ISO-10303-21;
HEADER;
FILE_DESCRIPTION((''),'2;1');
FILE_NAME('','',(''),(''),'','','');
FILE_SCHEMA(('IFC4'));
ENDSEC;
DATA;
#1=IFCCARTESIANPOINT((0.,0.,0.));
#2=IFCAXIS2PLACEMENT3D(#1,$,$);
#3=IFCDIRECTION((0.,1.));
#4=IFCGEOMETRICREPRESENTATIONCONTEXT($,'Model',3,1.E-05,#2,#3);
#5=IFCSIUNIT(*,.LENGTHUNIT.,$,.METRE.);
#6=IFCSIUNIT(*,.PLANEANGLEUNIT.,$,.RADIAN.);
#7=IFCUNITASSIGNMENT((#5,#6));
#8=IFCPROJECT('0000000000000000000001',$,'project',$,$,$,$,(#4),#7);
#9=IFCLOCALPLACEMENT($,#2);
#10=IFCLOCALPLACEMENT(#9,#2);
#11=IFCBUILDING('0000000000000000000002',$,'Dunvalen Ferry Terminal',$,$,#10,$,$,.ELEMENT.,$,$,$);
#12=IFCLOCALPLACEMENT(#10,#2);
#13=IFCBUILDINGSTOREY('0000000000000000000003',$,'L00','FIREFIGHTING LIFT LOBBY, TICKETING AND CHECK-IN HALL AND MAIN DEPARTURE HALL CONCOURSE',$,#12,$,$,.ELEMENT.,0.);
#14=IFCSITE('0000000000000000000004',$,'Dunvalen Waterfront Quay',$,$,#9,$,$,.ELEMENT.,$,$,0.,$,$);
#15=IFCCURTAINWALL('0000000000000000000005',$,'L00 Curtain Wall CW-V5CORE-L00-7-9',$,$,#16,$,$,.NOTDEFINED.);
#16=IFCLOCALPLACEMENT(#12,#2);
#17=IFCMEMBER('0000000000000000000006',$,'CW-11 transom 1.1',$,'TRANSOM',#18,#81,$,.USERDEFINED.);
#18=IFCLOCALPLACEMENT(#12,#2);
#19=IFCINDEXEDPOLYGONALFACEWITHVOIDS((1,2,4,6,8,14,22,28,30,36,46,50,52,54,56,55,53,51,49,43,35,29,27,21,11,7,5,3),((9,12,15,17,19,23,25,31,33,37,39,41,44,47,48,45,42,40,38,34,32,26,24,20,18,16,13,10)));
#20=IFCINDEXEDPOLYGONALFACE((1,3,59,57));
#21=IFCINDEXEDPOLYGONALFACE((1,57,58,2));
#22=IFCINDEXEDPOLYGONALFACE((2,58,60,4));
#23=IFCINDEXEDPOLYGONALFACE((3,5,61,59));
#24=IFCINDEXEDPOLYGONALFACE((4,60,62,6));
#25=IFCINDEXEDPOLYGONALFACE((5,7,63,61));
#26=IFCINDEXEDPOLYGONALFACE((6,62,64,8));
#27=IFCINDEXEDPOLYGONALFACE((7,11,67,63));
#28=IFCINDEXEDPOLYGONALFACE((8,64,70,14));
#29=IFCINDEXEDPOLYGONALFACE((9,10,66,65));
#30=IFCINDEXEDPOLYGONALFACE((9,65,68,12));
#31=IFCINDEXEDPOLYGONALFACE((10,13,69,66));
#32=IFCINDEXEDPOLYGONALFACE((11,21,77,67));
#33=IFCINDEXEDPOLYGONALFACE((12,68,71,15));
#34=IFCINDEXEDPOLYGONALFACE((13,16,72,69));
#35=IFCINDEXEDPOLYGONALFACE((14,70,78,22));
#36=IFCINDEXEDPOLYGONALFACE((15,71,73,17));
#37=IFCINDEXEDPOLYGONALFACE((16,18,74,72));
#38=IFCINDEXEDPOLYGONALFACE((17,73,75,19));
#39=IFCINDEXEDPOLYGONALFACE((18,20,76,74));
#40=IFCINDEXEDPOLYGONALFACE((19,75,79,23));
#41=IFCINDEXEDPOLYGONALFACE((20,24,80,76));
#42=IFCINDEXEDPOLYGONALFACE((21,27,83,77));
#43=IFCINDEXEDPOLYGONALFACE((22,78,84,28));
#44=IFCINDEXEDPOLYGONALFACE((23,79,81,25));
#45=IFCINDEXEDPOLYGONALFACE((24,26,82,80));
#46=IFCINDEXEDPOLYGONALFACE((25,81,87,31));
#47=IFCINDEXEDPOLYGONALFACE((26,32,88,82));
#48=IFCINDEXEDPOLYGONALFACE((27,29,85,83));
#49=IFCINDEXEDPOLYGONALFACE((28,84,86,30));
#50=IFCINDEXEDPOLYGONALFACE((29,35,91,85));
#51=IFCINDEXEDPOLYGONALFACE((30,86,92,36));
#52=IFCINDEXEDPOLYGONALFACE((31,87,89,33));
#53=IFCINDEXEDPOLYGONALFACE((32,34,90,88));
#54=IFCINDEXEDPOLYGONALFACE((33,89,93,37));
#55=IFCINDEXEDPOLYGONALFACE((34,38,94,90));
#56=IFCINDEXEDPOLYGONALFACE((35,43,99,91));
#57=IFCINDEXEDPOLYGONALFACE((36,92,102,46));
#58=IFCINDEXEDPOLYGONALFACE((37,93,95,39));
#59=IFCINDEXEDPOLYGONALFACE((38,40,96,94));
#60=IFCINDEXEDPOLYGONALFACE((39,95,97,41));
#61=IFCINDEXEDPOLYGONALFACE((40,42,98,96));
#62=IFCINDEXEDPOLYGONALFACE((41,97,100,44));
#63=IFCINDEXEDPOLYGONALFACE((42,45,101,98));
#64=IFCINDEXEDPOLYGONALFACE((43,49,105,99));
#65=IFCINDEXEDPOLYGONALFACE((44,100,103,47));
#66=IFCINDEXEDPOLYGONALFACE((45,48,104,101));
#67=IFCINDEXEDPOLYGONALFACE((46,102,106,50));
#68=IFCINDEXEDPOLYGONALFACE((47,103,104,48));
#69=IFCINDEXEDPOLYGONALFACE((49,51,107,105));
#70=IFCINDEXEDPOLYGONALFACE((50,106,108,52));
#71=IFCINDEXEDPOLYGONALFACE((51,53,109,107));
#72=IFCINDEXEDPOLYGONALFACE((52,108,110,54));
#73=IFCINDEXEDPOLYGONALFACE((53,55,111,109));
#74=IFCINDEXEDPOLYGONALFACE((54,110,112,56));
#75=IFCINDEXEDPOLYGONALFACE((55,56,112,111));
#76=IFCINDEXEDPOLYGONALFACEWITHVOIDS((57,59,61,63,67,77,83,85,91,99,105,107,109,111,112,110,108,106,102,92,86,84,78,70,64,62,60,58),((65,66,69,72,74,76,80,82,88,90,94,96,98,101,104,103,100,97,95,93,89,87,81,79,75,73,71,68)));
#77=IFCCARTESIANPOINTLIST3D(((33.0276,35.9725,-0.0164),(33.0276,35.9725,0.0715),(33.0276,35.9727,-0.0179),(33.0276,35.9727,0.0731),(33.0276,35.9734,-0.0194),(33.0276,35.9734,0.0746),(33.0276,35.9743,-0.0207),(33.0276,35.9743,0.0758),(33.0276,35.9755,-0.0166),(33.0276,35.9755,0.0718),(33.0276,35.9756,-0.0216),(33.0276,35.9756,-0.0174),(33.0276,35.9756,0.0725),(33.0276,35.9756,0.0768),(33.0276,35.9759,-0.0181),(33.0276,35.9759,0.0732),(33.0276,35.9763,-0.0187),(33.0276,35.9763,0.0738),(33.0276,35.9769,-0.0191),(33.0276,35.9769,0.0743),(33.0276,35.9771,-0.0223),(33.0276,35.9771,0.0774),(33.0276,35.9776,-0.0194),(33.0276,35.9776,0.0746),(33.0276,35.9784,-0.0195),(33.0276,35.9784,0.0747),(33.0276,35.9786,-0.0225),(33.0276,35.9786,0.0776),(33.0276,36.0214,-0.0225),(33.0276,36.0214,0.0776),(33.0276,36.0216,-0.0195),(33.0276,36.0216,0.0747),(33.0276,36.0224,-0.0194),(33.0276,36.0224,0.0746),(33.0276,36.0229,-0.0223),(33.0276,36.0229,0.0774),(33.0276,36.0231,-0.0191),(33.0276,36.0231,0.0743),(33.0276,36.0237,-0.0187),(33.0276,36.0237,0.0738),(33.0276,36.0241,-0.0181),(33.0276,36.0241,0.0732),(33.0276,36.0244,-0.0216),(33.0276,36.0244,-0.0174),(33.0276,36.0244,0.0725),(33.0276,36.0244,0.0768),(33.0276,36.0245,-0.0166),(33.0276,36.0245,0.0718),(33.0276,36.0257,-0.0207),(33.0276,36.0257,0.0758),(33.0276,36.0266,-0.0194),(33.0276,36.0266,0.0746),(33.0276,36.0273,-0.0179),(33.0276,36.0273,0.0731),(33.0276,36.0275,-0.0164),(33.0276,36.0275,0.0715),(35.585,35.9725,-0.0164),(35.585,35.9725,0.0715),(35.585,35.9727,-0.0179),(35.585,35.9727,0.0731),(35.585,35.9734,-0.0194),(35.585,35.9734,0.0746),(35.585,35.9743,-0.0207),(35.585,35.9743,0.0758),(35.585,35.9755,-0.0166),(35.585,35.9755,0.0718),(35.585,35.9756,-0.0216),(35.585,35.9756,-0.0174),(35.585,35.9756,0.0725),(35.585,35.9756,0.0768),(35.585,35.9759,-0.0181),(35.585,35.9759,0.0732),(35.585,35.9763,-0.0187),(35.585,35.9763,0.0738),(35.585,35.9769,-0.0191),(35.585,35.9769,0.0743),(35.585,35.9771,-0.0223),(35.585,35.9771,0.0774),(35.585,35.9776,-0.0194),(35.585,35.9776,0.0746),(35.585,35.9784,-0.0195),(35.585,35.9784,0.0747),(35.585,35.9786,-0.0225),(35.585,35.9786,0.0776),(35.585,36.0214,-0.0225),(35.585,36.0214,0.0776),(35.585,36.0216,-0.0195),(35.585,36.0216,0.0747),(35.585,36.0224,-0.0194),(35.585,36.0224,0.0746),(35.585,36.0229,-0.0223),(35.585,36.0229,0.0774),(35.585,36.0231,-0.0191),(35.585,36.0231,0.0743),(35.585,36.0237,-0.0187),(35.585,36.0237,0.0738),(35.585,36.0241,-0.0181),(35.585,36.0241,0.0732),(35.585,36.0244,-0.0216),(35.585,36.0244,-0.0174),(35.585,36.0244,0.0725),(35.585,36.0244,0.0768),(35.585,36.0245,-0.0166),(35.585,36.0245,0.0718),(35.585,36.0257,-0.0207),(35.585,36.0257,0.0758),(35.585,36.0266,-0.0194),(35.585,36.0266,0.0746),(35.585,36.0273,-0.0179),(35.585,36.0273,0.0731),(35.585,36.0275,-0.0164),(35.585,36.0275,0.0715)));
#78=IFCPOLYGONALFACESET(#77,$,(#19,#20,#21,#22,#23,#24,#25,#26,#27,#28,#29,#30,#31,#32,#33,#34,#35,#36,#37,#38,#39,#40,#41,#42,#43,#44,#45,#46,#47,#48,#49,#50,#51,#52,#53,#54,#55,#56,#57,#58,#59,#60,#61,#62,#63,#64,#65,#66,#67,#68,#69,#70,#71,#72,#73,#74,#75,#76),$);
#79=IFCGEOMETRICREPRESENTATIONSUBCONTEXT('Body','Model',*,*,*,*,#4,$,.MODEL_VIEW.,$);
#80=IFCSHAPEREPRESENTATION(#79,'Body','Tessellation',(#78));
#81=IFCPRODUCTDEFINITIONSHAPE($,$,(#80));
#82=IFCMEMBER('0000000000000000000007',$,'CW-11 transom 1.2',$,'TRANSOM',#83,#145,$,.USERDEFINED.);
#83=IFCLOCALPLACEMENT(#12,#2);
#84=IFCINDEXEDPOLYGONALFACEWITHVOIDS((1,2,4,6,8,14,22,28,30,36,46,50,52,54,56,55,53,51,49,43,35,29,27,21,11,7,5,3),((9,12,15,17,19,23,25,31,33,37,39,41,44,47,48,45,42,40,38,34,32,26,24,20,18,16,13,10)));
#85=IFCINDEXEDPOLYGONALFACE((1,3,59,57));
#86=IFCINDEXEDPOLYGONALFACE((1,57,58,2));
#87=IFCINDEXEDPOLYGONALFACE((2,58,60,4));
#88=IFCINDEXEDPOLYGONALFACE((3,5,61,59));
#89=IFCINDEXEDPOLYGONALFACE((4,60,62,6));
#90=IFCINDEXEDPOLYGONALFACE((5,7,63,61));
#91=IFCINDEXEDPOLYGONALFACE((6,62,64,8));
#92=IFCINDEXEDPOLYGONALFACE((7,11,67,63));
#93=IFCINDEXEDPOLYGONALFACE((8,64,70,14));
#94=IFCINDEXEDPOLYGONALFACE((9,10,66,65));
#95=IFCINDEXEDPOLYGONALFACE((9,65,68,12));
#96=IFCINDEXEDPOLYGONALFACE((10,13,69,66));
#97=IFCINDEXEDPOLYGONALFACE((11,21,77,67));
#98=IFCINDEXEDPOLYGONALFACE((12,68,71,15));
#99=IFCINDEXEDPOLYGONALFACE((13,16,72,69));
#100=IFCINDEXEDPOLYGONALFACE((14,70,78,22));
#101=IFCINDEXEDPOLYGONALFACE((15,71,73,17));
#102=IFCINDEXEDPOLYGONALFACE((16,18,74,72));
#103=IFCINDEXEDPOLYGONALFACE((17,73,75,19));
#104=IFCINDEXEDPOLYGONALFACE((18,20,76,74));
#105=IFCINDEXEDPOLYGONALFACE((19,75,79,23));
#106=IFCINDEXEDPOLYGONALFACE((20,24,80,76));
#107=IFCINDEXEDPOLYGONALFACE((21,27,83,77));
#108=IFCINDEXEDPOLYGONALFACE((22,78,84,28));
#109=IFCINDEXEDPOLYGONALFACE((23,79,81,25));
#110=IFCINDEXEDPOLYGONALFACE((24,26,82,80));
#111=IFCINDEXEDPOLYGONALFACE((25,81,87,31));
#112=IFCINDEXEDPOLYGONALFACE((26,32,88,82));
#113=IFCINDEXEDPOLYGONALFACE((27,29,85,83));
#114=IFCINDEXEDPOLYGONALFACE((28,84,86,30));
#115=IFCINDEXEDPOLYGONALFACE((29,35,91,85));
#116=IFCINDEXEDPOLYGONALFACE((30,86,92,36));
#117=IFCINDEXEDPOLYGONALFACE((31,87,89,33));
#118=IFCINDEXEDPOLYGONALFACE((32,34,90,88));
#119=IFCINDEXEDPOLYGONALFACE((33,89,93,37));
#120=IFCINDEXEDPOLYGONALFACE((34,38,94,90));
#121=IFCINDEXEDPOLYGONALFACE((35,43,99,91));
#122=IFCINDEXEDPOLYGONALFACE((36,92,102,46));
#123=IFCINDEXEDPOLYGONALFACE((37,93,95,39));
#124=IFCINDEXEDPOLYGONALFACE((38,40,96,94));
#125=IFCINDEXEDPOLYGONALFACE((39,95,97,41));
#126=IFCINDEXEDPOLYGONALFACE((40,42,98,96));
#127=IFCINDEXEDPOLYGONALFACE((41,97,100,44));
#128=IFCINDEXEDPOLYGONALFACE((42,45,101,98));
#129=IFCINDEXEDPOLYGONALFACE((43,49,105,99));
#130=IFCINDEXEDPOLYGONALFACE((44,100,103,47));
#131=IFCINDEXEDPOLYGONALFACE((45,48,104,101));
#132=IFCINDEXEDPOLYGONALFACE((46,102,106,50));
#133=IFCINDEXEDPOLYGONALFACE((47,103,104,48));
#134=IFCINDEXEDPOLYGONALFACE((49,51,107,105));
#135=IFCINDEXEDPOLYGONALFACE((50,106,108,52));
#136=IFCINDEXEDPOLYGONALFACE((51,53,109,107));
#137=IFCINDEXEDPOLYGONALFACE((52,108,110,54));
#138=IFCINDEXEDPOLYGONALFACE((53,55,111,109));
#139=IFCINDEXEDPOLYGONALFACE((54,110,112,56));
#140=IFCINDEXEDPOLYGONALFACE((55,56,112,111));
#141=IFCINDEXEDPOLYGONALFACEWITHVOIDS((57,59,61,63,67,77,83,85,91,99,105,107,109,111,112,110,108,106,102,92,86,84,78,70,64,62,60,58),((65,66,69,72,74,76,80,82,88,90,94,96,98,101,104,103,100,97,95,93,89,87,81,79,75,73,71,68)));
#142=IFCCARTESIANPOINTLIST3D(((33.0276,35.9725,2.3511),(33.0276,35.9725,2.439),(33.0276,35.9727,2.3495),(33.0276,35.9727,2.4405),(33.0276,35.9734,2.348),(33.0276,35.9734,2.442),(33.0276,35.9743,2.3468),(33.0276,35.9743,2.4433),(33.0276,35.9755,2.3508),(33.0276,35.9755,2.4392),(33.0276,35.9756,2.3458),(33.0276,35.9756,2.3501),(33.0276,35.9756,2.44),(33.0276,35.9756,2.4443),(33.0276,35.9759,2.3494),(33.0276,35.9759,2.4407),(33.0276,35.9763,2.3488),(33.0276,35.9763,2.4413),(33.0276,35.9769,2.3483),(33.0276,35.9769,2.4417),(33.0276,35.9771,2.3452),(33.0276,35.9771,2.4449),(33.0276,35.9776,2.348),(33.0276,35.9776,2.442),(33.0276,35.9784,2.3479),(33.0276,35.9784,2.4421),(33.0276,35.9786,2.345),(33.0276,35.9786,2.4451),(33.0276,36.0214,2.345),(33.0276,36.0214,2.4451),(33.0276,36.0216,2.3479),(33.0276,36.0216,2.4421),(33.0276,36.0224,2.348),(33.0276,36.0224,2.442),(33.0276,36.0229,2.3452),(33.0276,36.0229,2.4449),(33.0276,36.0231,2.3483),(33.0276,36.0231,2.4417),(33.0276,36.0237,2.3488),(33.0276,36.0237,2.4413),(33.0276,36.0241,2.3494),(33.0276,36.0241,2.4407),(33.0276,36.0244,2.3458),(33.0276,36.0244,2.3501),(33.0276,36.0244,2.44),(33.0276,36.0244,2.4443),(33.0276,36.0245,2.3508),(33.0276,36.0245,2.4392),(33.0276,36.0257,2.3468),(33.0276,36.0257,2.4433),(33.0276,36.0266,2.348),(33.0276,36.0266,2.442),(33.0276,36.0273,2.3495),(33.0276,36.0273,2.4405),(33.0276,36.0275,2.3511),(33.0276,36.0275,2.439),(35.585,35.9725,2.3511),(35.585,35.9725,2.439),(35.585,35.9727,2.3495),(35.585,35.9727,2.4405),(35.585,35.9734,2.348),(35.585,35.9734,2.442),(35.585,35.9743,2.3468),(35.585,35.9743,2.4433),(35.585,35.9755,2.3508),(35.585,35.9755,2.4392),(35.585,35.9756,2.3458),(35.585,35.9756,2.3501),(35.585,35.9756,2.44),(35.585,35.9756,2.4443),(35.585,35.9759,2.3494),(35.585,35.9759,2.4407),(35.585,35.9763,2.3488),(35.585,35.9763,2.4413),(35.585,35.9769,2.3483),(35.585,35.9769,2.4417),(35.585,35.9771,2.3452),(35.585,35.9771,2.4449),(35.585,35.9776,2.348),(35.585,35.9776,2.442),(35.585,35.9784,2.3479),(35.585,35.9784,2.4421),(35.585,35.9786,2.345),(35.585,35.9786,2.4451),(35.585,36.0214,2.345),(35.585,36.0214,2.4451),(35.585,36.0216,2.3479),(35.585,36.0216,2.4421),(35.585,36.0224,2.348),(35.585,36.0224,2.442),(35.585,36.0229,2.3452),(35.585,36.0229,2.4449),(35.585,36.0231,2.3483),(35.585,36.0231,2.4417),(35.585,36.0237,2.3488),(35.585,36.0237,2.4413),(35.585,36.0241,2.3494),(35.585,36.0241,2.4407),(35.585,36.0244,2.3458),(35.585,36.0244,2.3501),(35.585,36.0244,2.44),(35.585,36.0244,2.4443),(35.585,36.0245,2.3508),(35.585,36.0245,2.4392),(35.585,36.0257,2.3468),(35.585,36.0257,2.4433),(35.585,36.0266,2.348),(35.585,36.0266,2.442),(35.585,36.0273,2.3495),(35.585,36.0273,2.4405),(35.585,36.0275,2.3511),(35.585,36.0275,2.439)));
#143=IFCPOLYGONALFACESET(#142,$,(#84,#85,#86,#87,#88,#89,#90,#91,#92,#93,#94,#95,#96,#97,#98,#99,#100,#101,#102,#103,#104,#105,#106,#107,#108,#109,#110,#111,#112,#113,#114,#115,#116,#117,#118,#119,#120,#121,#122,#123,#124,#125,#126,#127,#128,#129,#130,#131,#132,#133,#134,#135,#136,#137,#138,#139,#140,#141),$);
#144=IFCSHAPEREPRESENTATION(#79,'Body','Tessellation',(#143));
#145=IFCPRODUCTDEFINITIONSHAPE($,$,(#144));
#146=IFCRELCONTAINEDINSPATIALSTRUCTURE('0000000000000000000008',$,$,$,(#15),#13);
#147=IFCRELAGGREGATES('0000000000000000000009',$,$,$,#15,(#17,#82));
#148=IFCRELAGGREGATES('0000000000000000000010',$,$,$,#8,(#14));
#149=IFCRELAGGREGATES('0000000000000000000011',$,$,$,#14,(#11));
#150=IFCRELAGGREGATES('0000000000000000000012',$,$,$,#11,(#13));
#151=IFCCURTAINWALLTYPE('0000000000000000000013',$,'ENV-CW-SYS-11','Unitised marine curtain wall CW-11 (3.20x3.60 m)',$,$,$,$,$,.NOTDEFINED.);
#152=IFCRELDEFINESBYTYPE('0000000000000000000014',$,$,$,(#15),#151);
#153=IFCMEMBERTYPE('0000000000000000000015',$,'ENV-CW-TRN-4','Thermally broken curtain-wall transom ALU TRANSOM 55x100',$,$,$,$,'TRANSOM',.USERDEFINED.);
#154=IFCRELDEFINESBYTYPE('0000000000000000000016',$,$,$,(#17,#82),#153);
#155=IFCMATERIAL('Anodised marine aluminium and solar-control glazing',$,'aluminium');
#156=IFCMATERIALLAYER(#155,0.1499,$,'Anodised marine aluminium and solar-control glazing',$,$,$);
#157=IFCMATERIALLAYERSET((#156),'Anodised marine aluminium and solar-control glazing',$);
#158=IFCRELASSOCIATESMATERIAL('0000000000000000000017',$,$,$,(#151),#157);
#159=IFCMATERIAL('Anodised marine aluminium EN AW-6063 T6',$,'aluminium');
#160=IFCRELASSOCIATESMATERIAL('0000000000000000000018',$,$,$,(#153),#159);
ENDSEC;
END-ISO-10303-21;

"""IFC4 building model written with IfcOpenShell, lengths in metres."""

from ifc_helpers import new_model, si_unit, direction, frame, origin, origin_2d, place, context, subcontext, project, spatial, hollow_rectangle, extrude, material, layer, layer_set, material_profile, profile_set, type_object, element, aggregate, save


model = new_model("IFC4")

# Units and contexts
model_context = context("Model", 3, precision=1e-05, world=origin(), true_north=direction((0.0, 1.0)))
body_context = subcontext(model_context, "Body", "Model", "MODEL_VIEW")
ifc_project = project(units=[si_unit("LENGTHUNIT", "METRE"), si_unit("PLANEANGLEUNIT", "RADIAN")], contexts=[model_context])

# Site, building, storey
site_placement = place(None, origin())
site = spatial("IfcSite", under=ifc_project, at=site_placement, Name="Dunvalen Waterfront Quay", CompositionType="ELEMENT", RefElevation=0.0)
building_placement = place(site_placement, origin())
building = spatial("IfcBuilding", under=site, at=building_placement, Name="Dunvalen Ferry Terminal", CompositionType="ELEMENT")
storey_placement = place(building_placement, origin())
storey = spatial("IfcBuildingStorey", under=building, at=storey_placement, Name="L00", Description="FIREFIGHTING LIFT LOBBY, TICKETING AND CHECK-IN HALL AND MAIN DEPARTURE HALL CONCOURSE", CompositionType="ELEMENT", Elevation=0.0)

# Curtain wall, members
ifc_material_1 = material(Name="Anodised marine aluminium and solar-control glazing", Category="aluminium")
ifc_layer_1 = layer(ifc_material_1, 0.1499, Name="Anodised marine aluminium and solar-control glazing")
ifc_layer_set_1 = layer_set([ifc_layer_1], Name="Anodised marine aluminium and solar-control glazing")
curtain_wall_type = type_object("IfcCurtainWallType", Name="ENV-CW-SYS-11", Description="Unitised marine curtain wall CW-11 (3.20x3.60 m)", PredefinedType="NOTDEFINED", material=ifc_layer_set_1)
curtain_wall_placement = place(storey_placement, origin())
curtain_wall = element("IfcCurtainWall", 1, at=curtain_wall_placement, inside=storey, type_object=curtain_wall_type, Name="L00 Curtain Wall CW-V5CORE-L00-7-9", PredefinedType="NOTDEFINED")
ifc_material_2 = material(Name="Anodised marine aluminium EN AW-6063 T6", Category="aluminium")
ifc_material_profile_1 = material_profile(ifc_material_2, hollow_rectangle(XDim=0.0549, YDim=0.1001, WallThickness=0.0029, InnerFilletRadius=0.0029, OuterFilletRadius=0.0061, at=origin_2d()), Name="Anodised marine aluminium EN AW-6063 T6")
ifc_profile_set_1 = profile_set([ifc_material_profile_1], Name="Anodised marine aluminium EN AW-6063 T6")
member_type_1 = type_object("IfcMemberType", Name="ENV-CW-TRN-4", Description="Thermally broken curtain-wall transom ALU TRANSOM 55x100", ElementType="TRANSOM", PredefinedType="USERDEFINED", material=ifc_profile_set_1)
member_1_placement = place(storey_placement, frame((35.585, 36.0, 0.0276), z_axis=(-1.0, 0.0, 0.0), x_axis=(0.0, -1.0, 0.0)))
member_1 = element("IfcMember", 2, at=member_1_placement, type_object=member_type_1, Name="CW-11 transom 1.1", ObjectType="TRANSOM", PredefinedType="USERDEFINED", context=body_context, shape_type="SweptSolid", body=[
    extrude(hollow_rectangle(XDim=0.0549, YDim=0.1001, WallThickness=0.0029, InnerFilletRadius=0.0029, OuterFilletRadius=0.0061, at=origin_2d()), origin(), (0.0, 0.0, 1.0), 2.5574),
])
member_2_placement = place(storey_placement, frame((35.585, 36.0, 2.395), z_axis=(-1.0, 0.0, 0.0), x_axis=(0.0, -1.0, 0.0)))
member_2 = element("IfcMember", 3, at=member_2_placement, type_object=member_type_1, Name="CW-11 transom 1.2", ObjectType="TRANSOM", PredefinedType="USERDEFINED", context=body_context, shape_type="SweptSolid", body=[
    extrude(hollow_rectangle(XDim=0.0549, YDim=0.1001, WallThickness=0.0029, InnerFilletRadius=0.0029, OuterFilletRadius=0.0061, at=origin_2d()), origin(), (0.0, 0.0, 1.0), 2.5574),
])

aggregate(curtain_wall, [member_1, member_2])

save(model, "model.ifc")
